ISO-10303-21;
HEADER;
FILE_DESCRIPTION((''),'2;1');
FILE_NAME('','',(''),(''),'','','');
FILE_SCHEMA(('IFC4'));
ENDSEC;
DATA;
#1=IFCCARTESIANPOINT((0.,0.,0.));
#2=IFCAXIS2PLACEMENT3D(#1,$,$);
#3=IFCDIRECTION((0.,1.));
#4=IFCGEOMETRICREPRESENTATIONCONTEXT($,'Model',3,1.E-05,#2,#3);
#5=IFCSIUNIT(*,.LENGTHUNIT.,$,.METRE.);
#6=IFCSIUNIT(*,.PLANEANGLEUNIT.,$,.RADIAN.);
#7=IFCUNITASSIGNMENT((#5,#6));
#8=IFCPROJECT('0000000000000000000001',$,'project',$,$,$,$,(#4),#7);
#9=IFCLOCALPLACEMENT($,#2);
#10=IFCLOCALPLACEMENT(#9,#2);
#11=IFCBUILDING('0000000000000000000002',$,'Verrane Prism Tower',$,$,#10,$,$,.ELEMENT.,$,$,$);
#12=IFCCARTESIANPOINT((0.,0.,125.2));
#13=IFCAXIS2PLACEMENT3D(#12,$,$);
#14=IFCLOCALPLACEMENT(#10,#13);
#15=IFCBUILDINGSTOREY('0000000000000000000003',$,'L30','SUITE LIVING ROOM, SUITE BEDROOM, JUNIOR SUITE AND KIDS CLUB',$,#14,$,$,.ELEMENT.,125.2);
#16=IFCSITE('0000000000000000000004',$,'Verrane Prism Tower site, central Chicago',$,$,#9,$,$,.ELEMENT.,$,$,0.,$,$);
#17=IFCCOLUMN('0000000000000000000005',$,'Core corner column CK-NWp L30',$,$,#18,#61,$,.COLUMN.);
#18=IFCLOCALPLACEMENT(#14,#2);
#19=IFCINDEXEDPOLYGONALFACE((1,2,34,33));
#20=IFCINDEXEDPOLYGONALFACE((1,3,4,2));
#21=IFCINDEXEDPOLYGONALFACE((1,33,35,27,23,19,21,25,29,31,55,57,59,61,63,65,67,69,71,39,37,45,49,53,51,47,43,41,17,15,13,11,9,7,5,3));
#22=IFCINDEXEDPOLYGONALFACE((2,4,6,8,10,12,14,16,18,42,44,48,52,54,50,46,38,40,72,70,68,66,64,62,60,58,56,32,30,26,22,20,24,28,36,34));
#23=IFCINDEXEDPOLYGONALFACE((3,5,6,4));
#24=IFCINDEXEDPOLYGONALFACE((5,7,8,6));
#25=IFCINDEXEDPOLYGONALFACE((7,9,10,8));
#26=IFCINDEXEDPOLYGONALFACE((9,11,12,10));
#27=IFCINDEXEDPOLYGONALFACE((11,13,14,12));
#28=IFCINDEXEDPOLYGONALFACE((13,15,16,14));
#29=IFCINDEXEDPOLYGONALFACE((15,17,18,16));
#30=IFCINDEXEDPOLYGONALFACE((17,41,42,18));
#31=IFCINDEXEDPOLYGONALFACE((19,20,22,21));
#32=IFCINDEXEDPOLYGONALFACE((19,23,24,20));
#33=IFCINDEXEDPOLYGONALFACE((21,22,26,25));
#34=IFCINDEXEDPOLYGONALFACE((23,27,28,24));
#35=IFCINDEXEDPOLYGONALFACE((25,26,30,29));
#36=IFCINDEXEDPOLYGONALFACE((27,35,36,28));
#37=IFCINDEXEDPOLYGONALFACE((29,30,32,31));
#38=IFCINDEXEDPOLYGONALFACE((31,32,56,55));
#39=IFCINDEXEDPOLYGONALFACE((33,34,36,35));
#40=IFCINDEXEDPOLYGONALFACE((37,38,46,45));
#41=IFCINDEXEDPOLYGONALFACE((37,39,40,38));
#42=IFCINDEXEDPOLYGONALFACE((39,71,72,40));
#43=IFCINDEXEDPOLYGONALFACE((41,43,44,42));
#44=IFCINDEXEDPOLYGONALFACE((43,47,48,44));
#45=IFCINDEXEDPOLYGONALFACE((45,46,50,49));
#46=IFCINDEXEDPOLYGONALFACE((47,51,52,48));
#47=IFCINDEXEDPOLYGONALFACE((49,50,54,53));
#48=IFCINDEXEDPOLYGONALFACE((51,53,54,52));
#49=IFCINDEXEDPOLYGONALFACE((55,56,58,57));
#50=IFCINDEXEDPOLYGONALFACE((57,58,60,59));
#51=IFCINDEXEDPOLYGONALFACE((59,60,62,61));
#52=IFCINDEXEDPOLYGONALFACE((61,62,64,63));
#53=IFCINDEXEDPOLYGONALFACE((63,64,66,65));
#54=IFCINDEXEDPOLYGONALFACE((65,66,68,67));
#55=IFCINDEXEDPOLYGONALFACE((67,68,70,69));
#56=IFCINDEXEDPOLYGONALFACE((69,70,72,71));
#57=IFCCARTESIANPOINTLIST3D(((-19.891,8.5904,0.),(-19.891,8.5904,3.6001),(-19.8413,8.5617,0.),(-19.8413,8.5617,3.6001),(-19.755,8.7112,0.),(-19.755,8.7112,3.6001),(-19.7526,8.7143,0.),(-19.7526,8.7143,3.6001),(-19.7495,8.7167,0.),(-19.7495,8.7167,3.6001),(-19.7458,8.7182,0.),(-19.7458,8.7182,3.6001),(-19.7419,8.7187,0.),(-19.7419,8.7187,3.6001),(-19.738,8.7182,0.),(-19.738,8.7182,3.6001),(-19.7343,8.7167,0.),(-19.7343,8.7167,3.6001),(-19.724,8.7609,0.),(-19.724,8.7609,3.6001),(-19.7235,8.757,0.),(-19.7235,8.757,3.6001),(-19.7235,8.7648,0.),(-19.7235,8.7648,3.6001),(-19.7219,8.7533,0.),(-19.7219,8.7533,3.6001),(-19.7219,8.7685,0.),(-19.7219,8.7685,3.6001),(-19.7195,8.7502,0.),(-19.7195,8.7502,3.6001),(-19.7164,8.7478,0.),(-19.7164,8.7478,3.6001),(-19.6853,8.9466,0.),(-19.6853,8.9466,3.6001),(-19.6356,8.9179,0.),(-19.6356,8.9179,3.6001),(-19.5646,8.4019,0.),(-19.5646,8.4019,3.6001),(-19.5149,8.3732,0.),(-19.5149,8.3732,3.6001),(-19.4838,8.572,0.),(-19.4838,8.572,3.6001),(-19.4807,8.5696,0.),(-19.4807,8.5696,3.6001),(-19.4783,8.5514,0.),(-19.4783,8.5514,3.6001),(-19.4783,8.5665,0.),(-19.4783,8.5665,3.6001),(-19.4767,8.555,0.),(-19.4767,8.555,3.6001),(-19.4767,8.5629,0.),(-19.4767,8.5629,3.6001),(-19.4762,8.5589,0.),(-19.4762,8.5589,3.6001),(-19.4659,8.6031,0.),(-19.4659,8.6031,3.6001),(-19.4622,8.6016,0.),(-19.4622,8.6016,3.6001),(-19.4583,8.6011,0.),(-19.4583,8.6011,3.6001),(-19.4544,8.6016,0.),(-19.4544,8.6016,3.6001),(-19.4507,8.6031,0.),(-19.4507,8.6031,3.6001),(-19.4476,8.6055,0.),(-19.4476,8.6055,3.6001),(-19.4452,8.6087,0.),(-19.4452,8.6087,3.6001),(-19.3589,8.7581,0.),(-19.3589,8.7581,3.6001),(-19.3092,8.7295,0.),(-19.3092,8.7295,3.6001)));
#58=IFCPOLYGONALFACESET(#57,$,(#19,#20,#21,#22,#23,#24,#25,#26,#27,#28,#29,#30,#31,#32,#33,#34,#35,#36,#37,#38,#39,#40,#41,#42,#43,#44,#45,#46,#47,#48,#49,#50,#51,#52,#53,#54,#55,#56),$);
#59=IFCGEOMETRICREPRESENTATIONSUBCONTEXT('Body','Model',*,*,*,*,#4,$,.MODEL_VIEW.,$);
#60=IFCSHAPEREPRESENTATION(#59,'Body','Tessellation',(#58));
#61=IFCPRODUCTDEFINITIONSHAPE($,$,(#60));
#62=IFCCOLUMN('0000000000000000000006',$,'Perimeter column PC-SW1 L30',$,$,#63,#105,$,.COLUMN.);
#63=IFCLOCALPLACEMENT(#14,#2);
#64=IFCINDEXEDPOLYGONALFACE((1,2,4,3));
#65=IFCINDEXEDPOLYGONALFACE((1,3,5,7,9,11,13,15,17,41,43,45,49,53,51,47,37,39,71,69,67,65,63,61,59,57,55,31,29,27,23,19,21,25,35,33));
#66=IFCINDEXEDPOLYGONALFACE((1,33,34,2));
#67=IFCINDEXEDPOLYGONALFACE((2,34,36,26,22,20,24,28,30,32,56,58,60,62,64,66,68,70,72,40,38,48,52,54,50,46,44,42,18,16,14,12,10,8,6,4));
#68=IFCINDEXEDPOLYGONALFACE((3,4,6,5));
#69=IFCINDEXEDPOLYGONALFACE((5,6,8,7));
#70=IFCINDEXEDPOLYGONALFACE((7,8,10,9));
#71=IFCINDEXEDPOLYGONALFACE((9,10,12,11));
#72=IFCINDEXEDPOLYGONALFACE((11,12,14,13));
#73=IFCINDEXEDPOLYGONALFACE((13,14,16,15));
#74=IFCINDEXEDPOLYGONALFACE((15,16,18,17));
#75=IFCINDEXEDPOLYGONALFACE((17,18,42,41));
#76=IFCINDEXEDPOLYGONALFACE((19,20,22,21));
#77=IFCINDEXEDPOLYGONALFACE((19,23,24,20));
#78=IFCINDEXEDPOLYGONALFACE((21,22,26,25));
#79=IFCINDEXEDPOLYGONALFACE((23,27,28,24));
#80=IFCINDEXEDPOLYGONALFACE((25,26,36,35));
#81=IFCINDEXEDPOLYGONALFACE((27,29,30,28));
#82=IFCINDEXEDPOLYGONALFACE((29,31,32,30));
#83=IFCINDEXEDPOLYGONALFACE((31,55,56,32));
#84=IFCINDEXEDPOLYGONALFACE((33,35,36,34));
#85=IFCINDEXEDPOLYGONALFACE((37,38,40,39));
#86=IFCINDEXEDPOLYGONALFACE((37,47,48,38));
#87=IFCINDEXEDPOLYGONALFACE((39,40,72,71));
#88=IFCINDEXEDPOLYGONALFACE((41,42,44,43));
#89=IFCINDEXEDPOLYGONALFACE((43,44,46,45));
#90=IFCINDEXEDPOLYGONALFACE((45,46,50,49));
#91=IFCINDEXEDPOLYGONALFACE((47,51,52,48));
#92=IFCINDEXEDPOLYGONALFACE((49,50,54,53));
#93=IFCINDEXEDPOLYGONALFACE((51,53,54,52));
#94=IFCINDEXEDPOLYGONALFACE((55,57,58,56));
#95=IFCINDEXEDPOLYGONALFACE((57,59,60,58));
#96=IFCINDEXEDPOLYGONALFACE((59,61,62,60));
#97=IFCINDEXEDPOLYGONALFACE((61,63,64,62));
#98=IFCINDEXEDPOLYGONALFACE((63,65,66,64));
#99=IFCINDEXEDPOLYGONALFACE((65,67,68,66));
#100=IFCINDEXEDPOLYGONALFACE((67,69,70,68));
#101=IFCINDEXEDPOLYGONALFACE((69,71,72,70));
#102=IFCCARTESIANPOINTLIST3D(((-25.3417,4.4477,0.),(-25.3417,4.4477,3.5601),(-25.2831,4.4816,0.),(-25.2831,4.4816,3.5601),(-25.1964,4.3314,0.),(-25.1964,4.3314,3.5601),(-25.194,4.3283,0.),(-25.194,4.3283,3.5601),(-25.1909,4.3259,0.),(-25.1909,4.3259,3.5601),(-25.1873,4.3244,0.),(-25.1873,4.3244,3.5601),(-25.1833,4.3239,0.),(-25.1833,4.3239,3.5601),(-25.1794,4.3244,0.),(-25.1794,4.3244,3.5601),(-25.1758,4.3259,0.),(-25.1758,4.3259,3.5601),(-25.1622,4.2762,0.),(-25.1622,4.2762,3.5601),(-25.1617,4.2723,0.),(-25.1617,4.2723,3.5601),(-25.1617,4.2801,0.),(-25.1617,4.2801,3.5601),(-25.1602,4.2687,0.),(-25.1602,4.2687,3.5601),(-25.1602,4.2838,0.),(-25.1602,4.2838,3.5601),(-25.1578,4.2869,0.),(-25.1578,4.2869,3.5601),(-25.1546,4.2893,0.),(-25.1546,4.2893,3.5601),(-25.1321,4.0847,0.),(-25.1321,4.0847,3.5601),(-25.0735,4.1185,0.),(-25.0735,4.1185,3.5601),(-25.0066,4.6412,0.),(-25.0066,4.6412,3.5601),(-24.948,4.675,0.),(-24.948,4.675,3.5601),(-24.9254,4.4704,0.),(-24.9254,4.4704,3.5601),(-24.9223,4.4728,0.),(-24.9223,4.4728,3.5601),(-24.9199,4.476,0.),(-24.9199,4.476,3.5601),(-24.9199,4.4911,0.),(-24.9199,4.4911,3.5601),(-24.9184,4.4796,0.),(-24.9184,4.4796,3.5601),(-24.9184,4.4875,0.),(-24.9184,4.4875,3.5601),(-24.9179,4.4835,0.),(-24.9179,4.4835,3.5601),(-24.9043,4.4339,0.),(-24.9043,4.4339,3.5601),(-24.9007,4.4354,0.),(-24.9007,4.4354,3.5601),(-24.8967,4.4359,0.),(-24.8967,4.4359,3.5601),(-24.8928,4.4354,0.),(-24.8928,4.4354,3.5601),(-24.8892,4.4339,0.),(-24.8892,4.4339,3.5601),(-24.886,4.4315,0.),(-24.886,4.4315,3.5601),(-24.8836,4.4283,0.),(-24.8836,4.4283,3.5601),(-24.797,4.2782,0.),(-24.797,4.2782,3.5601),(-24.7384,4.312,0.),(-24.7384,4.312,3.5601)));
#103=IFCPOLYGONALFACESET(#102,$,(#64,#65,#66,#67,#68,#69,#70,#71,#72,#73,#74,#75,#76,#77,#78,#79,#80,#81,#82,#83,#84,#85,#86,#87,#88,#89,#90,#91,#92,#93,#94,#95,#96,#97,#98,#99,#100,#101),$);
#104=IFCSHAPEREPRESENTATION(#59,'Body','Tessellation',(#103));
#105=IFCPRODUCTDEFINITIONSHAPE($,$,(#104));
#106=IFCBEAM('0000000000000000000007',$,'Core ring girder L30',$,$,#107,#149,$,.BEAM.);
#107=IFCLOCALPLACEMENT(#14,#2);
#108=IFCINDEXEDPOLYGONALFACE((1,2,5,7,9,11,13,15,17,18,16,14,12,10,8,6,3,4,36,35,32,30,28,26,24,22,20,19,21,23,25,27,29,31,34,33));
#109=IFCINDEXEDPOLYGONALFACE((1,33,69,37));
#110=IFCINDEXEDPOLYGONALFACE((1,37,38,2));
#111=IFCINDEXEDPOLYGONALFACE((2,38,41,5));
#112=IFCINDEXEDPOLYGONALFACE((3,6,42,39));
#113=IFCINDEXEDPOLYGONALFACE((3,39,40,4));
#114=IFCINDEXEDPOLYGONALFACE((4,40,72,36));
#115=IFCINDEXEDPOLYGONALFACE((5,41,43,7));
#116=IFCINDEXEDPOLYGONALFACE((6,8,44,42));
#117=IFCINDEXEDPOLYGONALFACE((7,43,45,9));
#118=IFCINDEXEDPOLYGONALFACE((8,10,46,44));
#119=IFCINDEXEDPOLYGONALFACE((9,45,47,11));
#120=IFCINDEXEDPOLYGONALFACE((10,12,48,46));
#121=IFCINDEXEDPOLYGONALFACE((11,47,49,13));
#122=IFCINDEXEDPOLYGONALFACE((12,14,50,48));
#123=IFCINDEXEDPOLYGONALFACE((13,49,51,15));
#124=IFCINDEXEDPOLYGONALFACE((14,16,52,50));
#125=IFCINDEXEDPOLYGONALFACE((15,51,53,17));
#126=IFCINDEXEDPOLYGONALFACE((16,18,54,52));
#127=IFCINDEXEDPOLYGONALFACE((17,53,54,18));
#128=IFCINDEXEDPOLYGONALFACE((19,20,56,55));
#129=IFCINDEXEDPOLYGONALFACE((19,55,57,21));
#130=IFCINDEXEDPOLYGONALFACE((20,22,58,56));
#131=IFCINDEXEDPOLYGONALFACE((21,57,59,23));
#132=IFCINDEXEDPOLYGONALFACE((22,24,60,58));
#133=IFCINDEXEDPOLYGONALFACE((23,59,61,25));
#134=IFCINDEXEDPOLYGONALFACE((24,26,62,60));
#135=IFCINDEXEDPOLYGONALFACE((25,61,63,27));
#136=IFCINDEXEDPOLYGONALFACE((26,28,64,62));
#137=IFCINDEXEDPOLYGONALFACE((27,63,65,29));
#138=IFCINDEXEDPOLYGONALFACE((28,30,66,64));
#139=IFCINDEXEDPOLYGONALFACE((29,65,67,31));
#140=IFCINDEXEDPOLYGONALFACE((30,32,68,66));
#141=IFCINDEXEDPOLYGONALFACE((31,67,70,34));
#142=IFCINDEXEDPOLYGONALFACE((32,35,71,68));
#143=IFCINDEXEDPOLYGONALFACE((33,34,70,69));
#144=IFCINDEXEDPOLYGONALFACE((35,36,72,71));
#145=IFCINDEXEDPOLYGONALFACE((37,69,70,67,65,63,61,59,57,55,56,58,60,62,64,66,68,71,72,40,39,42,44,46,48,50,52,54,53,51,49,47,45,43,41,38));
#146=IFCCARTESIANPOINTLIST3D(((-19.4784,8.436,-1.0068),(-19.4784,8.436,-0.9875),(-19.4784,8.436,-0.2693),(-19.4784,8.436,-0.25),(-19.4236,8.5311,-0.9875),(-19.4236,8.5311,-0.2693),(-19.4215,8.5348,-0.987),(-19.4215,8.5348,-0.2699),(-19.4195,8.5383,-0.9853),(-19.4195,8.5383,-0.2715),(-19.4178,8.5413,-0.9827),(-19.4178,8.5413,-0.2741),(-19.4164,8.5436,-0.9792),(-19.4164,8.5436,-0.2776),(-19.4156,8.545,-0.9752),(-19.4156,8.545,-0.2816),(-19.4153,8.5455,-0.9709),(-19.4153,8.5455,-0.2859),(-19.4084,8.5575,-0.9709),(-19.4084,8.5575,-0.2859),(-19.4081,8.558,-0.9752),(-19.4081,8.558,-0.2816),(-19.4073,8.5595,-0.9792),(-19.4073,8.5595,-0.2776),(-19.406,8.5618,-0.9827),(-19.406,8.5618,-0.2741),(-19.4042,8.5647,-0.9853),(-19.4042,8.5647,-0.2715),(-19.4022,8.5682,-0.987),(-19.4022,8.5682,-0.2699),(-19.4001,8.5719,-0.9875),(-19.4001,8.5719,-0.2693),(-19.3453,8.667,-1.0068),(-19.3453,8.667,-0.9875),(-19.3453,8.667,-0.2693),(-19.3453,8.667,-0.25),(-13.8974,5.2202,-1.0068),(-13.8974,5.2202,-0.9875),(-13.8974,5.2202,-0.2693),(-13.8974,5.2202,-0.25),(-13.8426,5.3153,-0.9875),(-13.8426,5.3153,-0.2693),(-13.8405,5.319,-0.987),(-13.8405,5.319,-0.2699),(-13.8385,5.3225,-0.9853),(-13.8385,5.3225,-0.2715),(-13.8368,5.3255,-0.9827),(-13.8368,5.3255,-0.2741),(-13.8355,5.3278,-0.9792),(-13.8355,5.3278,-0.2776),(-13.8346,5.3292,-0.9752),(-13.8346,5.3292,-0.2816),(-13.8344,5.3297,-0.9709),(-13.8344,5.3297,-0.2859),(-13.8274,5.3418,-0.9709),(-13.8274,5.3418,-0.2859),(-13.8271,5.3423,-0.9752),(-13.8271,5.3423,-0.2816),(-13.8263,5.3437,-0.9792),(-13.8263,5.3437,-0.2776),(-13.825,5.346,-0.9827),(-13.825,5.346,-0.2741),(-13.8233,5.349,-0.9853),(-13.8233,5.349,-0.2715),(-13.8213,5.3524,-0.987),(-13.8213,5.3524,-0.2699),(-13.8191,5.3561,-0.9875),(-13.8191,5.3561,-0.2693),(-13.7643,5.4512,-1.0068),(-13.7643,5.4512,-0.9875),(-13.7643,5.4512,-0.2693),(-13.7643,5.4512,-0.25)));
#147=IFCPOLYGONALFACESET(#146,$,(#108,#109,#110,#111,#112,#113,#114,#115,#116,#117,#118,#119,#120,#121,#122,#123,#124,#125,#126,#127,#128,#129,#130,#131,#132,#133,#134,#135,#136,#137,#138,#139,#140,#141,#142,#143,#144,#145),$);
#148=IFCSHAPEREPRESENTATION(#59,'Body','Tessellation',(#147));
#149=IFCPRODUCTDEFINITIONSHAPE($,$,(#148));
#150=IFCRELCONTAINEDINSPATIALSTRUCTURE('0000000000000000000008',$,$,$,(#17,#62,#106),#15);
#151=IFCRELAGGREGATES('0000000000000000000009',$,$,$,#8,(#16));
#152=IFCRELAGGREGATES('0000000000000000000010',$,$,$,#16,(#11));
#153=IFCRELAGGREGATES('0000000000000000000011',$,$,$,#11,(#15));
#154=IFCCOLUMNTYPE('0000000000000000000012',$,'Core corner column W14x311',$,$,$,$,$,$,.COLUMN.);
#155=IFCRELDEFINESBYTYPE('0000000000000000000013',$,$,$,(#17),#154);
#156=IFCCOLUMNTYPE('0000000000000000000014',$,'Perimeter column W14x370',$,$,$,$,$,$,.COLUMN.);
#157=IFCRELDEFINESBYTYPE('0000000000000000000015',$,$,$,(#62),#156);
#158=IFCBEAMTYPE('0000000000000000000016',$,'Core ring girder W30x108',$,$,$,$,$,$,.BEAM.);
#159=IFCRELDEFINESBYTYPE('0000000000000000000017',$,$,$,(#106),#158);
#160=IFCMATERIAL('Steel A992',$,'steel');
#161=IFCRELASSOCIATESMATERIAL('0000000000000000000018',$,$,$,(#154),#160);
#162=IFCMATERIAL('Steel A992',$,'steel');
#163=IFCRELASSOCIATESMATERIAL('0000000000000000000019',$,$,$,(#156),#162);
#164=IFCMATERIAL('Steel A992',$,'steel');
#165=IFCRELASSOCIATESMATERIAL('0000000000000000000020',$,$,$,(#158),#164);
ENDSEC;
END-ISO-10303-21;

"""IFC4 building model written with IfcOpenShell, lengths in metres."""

from ifc_helpers import new_model, si_unit, direction, frame, origin, origin_2d, place, context, subcontext, project, spatial, i_section, extrude, material, material_profile, profile_set, type_object, element, save


model = new_model("IFC4")

# Units and contexts
model_context = context("Model", 3, precision=1e-05, world=origin(), true_north=direction((0.0, 1.0)))
body_context = subcontext(model_context, "Body", "Model", "MODEL_VIEW")
ifc_project = project(units=[si_unit("LENGTHUNIT", "METRE"), si_unit("PLANEANGLEUNIT", "RADIAN")], contexts=[model_context])

# Site, building, storey
site_placement = place(None, origin())
site = spatial("IfcSite", under=ifc_project, at=site_placement, Name="Verrane Prism Tower site, central Chicago", CompositionType="ELEMENT", RefElevation=0.0)
building_placement = place(site_placement, origin())
building = spatial("IfcBuilding", under=site, at=building_placement, Name="Verrane Prism Tower", CompositionType="ELEMENT")
storey_placement = place(building_placement, frame((0.0, 0.0, 125.2)))
storey = spatial("IfcBuildingStorey", under=building, at=storey_placement, Name="L30", Description="SUITE LIVING ROOM, SUITE BEDROOM, JUNIOR SUITE AND KIDS CLUB", CompositionType="ELEMENT", Elevation=125.2)

# Columns
ifc_material_1 = material(Name="Steel A992", Category="steel")
ifc_material_profile_1 = material_profile(ifc_material_1, i_section(OverallWidth=0.4114, OverallDepth=0.4343, WebThickness=0.0359, FlangeThickness=0.0574, FilletRadius=0.0151, at=origin_2d()), Name="W14x311")
ifc_profile_set_1 = profile_set([ifc_material_profile_1], Name="Steel A992")
column_type_1 = type_object("IfcColumnType", Name="Core corner column W14x311", PredefinedType="COLUMN", material=ifc_profile_set_1)
column_1_placement = place(storey_placement, frame((-19.6001, 8.6599, 0.0), z_axis=(0.0, 0.0, 1.0), x_axis=(0.5, 0.866025, 0.0)))
element("IfcColumn", 1, at=column_1_placement, inside=storey, type_object=column_type_1, Name="Core corner column CK-NWp L30", PredefinedType="COLUMN", context=body_context, shape_type="SweptSolid", body=[
    extrude(i_section(OverallWidth=0.4114, OverallDepth=0.4343, WebThickness=0.0359, FlangeThickness=0.0574, FilletRadius=0.0151, at=origin_2d()), origin(), (0.0, 0.0, 1.0), 3.6001),
])
ifc_material_2 = material(Name="Steel A992", Category="steel")
ifc_material_profile_2 = material_profile(ifc_material_2, i_section(OverallWidth=0.4192, OverallDepth=0.4546, WebThickness=0.0422, FlangeThickness=0.0676, FilletRadius=0.0151, at=origin_2d()), Name="W14x370")
ifc_profile_set_2 = profile_set([ifc_material_profile_2], Name="Steel A992")
column_type_2 = type_object("IfcColumnType", Name="Perimeter column W14x370", PredefinedType="COLUMN", material=ifc_profile_set_2)
column_2_placement = place(storey_placement, frame((-25.04, 4.3799, 0.0), z_axis=(0.0, 0.0, 1.0), x_axis=(-0.5, 0.866025, 0.0)))
element("IfcColumn", 2, at=column_2_placement, inside=storey, type_object=column_type_2, Name="Perimeter column PC-SW1 L30", PredefinedType="COLUMN", context=body_context, shape_type="SweptSolid", body=[
    extrude(i_section(OverallWidth=0.4192, OverallDepth=0.4546, WebThickness=0.0422, FlangeThickness=0.0676, FilletRadius=0.0151, at=origin_2d()), origin(), (0.0, 0.0, 1.0), 3.5601),
])

# Beam
ifc_material_3 = material(Name="Steel A992", Category="steel")
ifc_material_profile_3 = material_profile(ifc_material_3, i_section(OverallWidth=0.2666, OverallDepth=0.7568, WebThickness=0.0139, FlangeThickness=0.0193, FilletRadius=0.0166, at=origin_2d()), Name="W30x108")
ifc_profile_set_3 = profile_set([ifc_material_profile_3], Name="Steel A992")
beam_type_1 = type_object("IfcBeamType", Name="Core ring girder W30x108", PredefinedType="BEAM", material=ifc_profile_set_3)
beam_1_placement = place(storey_placement, frame((-19.4119, 8.5515, -0.6284), z_axis=(0.866456, -0.499254, 0.0), x_axis=(0.499254, 0.866456, 0.0)))
element("IfcBeam", 3, at=beam_1_placement, inside=storey, type_object=beam_type_1, Name="Core ring girder L30", PredefinedType="BEAM", context=body_context, shape_type="SweptSolid", body=[
    extrude(i_section(OverallWidth=0.2666, OverallDepth=0.7568, WebThickness=0.0139, FlangeThickness=0.0193, FilletRadius=0.0166, at=origin_2d()), origin(), (0.0, 0.0, 1.0), 6.4412),
])

save(model, "model.ifc")
